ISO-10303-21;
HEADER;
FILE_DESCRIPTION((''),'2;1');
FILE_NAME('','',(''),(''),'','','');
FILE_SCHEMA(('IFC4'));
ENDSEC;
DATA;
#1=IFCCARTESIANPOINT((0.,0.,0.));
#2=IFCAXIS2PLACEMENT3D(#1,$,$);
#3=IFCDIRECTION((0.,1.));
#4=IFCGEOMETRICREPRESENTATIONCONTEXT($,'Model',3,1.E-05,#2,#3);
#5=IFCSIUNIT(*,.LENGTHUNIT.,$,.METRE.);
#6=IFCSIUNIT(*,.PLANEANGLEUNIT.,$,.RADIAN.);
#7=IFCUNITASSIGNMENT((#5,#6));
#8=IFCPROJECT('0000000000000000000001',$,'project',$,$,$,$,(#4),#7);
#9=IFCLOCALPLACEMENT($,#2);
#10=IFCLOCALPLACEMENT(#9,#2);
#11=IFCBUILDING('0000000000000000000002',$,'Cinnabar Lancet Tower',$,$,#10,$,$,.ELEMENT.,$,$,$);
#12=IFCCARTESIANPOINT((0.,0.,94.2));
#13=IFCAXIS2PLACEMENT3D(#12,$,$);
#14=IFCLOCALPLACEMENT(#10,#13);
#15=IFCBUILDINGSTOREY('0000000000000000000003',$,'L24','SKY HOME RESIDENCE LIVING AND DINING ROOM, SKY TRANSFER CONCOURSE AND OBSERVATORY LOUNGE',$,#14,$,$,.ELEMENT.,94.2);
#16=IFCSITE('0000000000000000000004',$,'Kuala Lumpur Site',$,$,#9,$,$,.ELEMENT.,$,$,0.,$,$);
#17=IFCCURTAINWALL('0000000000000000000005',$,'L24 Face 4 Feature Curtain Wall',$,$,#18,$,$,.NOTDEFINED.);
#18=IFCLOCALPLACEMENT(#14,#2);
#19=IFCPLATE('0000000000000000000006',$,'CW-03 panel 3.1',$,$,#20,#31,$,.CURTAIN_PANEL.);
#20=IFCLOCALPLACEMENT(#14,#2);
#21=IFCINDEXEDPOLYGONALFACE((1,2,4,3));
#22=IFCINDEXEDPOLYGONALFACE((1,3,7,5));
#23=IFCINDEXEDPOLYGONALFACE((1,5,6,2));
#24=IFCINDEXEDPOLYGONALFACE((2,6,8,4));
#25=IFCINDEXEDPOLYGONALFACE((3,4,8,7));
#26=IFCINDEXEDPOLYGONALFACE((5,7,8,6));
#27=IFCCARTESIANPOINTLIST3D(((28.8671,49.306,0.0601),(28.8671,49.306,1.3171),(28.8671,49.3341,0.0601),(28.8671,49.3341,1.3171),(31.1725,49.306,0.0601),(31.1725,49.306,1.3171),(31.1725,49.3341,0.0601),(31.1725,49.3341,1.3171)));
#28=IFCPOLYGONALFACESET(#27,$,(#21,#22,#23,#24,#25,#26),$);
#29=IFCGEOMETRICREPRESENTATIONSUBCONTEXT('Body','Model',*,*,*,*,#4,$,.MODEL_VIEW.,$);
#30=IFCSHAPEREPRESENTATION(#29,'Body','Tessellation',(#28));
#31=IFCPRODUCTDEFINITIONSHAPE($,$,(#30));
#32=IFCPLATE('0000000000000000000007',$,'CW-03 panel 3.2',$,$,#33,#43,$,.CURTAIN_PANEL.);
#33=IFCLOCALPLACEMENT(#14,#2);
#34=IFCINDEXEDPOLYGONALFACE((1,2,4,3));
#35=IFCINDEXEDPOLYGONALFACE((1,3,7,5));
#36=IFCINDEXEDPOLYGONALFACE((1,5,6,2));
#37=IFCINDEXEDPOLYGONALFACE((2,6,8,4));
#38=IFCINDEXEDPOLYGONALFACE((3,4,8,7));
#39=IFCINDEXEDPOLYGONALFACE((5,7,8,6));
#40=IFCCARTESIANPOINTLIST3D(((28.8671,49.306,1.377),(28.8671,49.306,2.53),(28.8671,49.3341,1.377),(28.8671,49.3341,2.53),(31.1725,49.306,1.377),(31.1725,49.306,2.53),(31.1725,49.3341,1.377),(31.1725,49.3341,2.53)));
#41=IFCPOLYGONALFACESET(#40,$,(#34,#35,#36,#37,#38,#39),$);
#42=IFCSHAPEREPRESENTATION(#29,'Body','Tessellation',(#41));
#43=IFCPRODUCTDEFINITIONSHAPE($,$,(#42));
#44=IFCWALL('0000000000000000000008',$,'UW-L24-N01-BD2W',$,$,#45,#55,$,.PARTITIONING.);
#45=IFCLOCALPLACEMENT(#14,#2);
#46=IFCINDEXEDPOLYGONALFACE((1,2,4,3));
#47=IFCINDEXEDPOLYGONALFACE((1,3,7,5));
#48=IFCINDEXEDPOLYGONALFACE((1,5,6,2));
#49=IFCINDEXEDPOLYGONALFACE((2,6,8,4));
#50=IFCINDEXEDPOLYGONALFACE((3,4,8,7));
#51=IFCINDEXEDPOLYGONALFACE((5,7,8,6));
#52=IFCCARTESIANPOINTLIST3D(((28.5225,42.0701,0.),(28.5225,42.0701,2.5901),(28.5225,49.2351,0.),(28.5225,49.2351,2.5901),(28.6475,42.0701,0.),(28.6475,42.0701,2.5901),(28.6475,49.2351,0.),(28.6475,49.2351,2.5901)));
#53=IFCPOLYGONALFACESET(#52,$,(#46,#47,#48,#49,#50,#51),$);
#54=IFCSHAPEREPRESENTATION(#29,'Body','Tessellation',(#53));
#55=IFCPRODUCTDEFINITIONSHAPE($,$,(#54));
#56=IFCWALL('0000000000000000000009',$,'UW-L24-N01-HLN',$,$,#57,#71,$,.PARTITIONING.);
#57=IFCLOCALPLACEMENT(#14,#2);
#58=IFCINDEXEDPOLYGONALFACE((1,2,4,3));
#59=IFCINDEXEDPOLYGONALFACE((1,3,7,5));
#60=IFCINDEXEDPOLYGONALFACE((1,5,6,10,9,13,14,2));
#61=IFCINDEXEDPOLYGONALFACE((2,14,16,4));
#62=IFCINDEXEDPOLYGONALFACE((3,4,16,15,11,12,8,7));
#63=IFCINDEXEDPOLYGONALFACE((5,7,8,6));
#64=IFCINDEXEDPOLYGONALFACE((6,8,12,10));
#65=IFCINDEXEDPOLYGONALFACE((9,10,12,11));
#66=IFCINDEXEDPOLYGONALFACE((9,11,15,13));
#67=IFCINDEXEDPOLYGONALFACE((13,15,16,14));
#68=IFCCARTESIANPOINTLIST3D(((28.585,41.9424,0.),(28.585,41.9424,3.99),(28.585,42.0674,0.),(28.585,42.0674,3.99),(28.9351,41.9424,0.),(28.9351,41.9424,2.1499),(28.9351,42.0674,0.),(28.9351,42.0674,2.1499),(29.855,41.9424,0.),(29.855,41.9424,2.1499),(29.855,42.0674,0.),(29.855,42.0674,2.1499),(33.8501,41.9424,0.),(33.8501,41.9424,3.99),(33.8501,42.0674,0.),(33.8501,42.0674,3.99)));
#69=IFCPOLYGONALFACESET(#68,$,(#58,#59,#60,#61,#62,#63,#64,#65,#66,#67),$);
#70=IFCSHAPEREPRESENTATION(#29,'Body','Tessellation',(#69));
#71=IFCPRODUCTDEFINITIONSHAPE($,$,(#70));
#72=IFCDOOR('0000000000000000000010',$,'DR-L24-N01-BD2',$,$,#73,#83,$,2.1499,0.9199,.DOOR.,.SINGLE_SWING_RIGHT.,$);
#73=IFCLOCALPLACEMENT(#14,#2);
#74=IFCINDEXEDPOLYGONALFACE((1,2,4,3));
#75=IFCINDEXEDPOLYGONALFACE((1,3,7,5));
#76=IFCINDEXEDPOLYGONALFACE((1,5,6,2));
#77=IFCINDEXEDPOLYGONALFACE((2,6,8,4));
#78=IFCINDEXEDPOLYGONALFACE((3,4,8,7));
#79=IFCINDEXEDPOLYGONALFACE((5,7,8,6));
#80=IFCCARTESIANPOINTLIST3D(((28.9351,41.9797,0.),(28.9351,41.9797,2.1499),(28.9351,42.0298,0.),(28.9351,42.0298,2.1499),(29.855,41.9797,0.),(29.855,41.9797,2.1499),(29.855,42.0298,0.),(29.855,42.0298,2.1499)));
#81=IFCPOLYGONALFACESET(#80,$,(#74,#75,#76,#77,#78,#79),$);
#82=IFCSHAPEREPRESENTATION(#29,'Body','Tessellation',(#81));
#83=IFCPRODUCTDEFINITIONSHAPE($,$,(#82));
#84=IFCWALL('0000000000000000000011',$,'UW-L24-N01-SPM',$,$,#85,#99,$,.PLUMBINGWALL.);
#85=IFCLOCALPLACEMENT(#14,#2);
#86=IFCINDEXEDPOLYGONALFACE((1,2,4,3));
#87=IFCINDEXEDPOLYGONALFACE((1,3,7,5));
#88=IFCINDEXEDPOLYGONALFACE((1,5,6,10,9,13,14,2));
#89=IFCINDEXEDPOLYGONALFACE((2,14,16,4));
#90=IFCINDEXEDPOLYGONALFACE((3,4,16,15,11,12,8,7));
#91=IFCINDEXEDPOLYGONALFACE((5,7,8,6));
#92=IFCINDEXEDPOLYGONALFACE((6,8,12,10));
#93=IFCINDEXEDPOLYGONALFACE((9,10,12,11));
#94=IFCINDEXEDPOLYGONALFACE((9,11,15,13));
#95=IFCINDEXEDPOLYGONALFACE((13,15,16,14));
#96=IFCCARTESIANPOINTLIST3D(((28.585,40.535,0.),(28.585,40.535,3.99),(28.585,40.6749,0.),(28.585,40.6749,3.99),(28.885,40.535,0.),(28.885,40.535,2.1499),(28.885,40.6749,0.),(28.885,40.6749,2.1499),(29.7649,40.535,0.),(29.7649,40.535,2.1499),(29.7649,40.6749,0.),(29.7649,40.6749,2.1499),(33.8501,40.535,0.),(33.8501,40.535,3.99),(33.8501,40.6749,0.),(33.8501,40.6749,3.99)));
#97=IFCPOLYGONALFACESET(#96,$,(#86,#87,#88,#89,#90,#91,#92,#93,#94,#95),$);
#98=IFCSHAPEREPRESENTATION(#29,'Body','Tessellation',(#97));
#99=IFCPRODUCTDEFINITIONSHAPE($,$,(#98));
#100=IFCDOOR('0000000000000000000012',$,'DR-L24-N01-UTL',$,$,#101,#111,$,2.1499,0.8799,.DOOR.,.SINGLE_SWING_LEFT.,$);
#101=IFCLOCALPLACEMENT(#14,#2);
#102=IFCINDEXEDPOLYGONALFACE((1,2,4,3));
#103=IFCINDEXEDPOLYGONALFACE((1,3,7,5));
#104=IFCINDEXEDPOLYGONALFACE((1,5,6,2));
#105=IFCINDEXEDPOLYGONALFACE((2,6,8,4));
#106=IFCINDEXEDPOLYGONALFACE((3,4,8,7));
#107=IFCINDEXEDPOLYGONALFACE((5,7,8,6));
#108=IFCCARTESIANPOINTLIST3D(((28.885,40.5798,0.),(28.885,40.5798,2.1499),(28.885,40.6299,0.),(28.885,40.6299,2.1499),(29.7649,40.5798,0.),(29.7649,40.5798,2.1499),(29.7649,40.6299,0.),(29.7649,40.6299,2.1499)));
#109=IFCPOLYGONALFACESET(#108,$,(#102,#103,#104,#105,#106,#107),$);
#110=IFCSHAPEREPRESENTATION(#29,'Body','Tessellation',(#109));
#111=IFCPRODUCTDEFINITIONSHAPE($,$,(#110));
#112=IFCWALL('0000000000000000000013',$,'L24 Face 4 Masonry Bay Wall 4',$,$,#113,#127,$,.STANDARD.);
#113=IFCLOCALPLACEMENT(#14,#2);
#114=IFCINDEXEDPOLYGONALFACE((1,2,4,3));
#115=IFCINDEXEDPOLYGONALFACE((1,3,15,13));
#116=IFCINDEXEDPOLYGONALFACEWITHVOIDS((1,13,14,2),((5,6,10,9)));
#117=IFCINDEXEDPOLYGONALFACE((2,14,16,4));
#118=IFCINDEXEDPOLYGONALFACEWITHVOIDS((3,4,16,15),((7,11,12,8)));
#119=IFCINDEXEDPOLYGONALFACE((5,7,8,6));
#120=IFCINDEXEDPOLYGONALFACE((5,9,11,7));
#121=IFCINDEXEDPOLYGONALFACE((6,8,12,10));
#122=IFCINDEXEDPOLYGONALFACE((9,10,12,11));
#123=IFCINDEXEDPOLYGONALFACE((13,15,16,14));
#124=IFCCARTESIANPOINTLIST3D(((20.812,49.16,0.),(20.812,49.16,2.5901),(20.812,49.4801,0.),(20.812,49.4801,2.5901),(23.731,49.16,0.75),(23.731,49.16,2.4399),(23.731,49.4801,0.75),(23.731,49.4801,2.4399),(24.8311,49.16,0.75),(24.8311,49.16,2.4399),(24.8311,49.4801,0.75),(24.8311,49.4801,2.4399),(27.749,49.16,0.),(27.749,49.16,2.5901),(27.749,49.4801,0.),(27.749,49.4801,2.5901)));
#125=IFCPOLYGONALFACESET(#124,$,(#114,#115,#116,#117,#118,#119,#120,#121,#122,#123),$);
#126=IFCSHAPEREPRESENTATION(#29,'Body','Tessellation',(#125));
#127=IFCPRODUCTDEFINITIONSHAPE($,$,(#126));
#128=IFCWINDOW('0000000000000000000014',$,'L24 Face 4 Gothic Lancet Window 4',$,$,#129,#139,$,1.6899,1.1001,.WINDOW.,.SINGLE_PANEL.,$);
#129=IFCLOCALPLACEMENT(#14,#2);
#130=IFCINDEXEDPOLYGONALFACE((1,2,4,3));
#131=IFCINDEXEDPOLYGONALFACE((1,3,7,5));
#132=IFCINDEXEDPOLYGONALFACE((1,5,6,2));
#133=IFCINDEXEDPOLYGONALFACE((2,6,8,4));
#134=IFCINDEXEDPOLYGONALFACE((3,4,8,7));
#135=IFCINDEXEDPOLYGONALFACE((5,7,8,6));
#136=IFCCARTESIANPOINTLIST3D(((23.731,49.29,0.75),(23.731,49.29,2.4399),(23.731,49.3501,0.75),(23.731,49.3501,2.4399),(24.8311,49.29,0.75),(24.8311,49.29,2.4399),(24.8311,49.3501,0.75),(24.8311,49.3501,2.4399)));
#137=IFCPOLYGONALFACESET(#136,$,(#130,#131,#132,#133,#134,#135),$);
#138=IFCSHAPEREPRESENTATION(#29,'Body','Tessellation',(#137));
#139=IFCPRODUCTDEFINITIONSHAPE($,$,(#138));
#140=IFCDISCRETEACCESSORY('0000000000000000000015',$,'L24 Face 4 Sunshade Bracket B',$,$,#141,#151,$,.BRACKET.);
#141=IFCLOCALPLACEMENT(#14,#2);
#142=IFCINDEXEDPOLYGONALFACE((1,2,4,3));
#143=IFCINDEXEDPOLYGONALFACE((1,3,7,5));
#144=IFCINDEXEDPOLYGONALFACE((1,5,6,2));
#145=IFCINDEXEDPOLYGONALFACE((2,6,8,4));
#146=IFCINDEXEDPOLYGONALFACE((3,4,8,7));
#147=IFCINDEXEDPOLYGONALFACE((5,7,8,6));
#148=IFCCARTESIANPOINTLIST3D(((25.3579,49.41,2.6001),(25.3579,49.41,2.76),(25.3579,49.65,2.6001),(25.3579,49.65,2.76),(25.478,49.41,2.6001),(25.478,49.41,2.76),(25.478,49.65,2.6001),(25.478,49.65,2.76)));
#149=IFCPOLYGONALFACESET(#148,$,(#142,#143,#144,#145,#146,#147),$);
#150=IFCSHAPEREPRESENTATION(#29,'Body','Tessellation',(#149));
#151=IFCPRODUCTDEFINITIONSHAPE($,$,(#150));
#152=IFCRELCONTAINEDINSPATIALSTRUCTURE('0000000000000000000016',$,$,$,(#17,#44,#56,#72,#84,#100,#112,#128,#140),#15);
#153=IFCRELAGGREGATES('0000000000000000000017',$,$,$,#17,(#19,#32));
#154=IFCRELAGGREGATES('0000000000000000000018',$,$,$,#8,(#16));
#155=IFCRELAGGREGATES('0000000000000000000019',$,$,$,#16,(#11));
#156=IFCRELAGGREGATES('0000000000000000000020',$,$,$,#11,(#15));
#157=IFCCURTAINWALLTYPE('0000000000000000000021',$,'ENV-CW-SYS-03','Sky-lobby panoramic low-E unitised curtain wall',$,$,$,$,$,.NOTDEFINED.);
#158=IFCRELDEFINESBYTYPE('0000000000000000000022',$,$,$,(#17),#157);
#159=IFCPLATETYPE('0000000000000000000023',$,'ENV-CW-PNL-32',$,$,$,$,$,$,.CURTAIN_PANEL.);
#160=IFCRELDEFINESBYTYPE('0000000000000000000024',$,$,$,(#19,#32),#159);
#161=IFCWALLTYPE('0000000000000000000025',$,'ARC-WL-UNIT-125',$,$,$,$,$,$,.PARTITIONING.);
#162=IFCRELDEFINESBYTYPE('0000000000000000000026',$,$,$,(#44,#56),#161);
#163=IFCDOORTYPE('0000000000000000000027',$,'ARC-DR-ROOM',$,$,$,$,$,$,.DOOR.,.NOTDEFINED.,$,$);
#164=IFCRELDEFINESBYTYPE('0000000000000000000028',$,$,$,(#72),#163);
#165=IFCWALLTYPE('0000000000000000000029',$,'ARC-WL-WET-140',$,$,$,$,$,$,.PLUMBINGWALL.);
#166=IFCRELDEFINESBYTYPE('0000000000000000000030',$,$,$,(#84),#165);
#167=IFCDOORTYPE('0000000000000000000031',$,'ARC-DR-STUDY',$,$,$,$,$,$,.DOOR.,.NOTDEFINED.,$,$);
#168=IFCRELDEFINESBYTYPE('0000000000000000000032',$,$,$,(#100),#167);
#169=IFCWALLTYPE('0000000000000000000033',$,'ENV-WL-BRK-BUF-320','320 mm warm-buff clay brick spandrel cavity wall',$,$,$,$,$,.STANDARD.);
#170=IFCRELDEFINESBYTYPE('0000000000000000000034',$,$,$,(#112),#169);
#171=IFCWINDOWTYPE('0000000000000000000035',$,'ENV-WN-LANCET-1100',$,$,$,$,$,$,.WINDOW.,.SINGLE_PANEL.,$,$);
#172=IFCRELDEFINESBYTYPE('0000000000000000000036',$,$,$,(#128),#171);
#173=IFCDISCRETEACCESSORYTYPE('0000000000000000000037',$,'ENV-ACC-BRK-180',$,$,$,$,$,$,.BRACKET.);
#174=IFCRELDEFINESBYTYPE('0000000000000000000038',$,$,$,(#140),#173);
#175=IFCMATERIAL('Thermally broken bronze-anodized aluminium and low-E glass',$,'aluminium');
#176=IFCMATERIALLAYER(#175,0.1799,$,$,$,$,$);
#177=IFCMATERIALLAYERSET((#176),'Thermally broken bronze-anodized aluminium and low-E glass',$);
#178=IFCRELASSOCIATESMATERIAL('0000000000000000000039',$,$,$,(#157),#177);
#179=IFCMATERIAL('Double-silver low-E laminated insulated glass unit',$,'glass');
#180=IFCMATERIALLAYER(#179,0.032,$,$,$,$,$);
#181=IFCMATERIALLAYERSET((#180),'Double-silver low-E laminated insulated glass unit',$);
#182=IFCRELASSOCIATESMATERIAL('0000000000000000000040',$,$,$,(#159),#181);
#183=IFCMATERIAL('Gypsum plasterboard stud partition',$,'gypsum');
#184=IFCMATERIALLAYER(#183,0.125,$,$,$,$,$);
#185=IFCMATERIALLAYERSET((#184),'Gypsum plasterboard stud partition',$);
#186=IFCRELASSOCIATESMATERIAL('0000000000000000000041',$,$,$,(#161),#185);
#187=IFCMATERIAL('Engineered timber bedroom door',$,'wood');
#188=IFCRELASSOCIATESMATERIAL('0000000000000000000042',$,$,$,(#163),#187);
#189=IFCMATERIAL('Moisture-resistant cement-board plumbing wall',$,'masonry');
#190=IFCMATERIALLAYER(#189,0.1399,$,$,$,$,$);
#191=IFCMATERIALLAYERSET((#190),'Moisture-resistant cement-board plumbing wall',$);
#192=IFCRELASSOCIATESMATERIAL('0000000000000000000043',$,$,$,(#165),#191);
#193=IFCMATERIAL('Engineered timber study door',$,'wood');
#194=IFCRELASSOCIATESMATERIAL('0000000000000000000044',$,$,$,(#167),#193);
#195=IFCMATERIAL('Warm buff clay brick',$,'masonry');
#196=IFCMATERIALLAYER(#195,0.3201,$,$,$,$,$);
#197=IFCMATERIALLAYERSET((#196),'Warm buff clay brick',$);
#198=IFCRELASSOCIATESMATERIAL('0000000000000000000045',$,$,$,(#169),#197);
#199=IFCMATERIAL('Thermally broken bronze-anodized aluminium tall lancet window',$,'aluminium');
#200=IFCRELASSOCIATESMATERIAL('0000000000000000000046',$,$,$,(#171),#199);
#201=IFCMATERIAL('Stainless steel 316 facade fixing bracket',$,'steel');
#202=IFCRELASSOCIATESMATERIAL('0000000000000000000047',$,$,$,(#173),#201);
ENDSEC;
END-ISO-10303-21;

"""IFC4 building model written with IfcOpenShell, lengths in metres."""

from ifc_helpers import new_model, si_unit, direction, frame, frame_2d, origin, origin_2d, place, context, subcontext, project, spatial, rectangle, extrude, material, layer, layer_set, type_object, element, fill, aggregate, save


model = new_model("IFC4")

# Units and contexts
model_context = context("Model", 3, precision=1e-05, world=origin(), true_north=direction((0.0, 1.0)))
body_context = subcontext(model_context, "Body", "Model", "MODEL_VIEW")
ifc_project = project(units=[si_unit("LENGTHUNIT", "METRE"), si_unit("PLANEANGLEUNIT", "RADIAN")], contexts=[model_context])

# Site, building, storey
site_placement = place(None, origin())
site = spatial("IfcSite", under=ifc_project, at=site_placement, Name="Kuala Lumpur Site", CompositionType="ELEMENT", RefElevation=0.0)
building_placement = place(site_placement, origin())
building = spatial("IfcBuilding", under=site, at=building_placement, Name="Cinnabar Lancet Tower", CompositionType="ELEMENT")
storey_placement = place(building_placement, frame((0.0, 0.0, 94.2)))
storey = spatial("IfcBuildingStorey", under=building, at=storey_placement, Name="L24", Description="SKY HOME RESIDENCE LIVING AND DINING ROOM, SKY TRANSFER CONCOURSE AND OBSERVATORY LOUNGE", CompositionType="ELEMENT", Elevation=94.2)

# Curtain wall
ifc_material_1 = material(Name="Thermally broken bronze-anodized aluminium and low-E glass", Category="aluminium")
ifc_layer_1 = layer(ifc_material_1, 0.1799)
ifc_layer_set_1 = layer_set([ifc_layer_1], Name="Thermally broken bronze-anodized aluminium and low-E glass")
curtain_wall_type = type_object("IfcCurtainWallType", Name="ENV-CW-SYS-03", Description="Sky-lobby panoramic low-E unitised curtain wall", PredefinedType="NOTDEFINED", material=ifc_layer_set_1)
curtain_wall_placement = place(storey_placement, origin())
curtain_wall = element("IfcCurtainWall", 1, at=curtain_wall_placement, inside=storey, type_object=curtain_wall_type, Name="L24 Face 4 Feature Curtain Wall", PredefinedType="NOTDEFINED")

# Plates
ifc_material_2 = material(Name="Double-silver low-E laminated insulated glass unit", Category="glass")
ifc_layer_2 = layer(ifc_material_2, 0.032)
ifc_layer_set_2 = layer_set([ifc_layer_2], Name="Double-silver low-E laminated insulated glass unit")
plate_type = type_object("IfcPlateType", Name="ENV-CW-PNL-32", PredefinedType="CURTAIN_PANEL", material=ifc_layer_set_2)
plate_1_placement = place(storey_placement, frame((30.0198, 49.3201, 0.0601), z_axis=(0.0, 0.0, 1.0), x_axis=(-1.0, 0.0, 0.0)))
plate_1 = element("IfcPlate", 2, at=plate_1_placement, type_object=plate_type, Name="CW-03 panel 3.1", PredefinedType="CURTAIN_PANEL", context=body_context, shape_type="SweptSolid", body=[
    extrude(rectangle(XDim=2.3054, YDim=0.0281, at=origin_2d()), origin(), (0.0, 0.0, 1.0), 1.2571),
])
plate_2_placement = place(storey_placement, frame((30.0198, 49.3201, 1.377), z_axis=(0.0, 0.0, 1.0), x_axis=(-1.0, 0.0, 0.0)))
plate_2 = element("IfcPlate", 3, at=plate_2_placement, type_object=plate_type, Name="CW-03 panel 3.2", PredefinedType="CURTAIN_PANEL", context=body_context, shape_type="SweptSolid", body=[
    extrude(rectangle(XDim=2.3054, YDim=0.0281, at=origin_2d()), origin(), (0.0, 0.0, 1.0), 1.1531),
])
aggregate(curtain_wall, [plate_1, plate_2])

# Wall
ifc_material_3 = material(Name="Gypsum plasterboard stud partition", Category="gypsum")
ifc_layer_3 = layer(ifc_material_3, 0.125)
ifc_layer_set_3 = layer_set([ifc_layer_3], Name="Gypsum plasterboard stud partition")
wall_type_1 = type_object("IfcWallType", Name="ARC-WL-UNIT-125", PredefinedType="PARTITIONING", material=ifc_layer_set_3)
wall_1_placement = place(storey_placement, frame((28.585, 42.0701, 0.0), z_axis=(0.0, 0.0, 1.0), x_axis=(0.0, 1.0, 0.0)))
element("IfcWall", 4, at=wall_1_placement, inside=storey, type_object=wall_type_1, Name="UW-L24-N01-BD2W", PredefinedType="PARTITIONING", context=body_context, shape_type="SweptSolid", body=[
    extrude(rectangle(XDim=7.165, YDim=0.125, at=frame_2d((3.5825, 0.0))), origin(), (0.0, 0.0, 1.0), 2.5901),
])

# Wall, opening, door
wall_2_placement = place(storey_placement, frame((28.585, 42.0049, 0.0), z_axis=(0.0, 0.0, 1.0), x_axis=(1.0, 0.0, 0.0)))
wall_2 = element("IfcWall", 5, at=wall_2_placement, inside=storey, type_object=wall_type_1, Name="UW-L24-N01-HLN", PredefinedType="PARTITIONING", context=body_context, shape_type="SweptSolid", body=[
    extrude(rectangle(XDim=5.2651, YDim=0.125, at=frame_2d((2.6326, 0.0))), origin(), (0.0, 0.0, 1.0), 3.99),
])
opening_1_placement = place(wall_2_placement, frame((0.3501, 0.0, 0.0)))
opening_1 = element("IfcOpeningElement", 6, at=opening_1_placement, cuts=wall_2, PredefinedType="OPENING", context=body_context, shape_type="SweptSolid", body=[
    extrude(rectangle(XDim=0.9199, YDim=2.1499, at=frame_2d((0.46, 1.075))), frame((0.0, 0.0725, 0.0), z_axis=(0.0, -1.0, 0.0), x_axis=(1.0, 0.0, 0.0)), (0.0, 0.0, 1.0), 0.145),
])
ifc_material_4 = material(Name="Engineered timber bedroom door", Category="wood")
door_type_1 = type_object("IfcDoorType", Name="ARC-DR-ROOM", OperationType="NOTDEFINED", PredefinedType="DOOR", material=ifc_material_4)
door_1_placement = place(opening_1_placement, origin())
door_1 = element("IfcDoor", 7, at=door_1_placement, inside=storey, type_object=door_type_1, Name="DR-L24-N01-BD2", OperationType="SINGLE_SWING_RIGHT", OverallHeight=2.1499, OverallWidth=0.9199, PredefinedType="DOOR", context=body_context, shape_type="SweptSolid", body=[
    extrude(rectangle(XDim=0.9199, YDim=2.1499, at=frame_2d((0.46, 1.075))), frame((0.0, 0.0249, 0.0), z_axis=(0.0, -1.0, 0.0), x_axis=(1.0, 0.0, 0.0)), (0.0, 0.0, 1.0), 0.05),
])
fill(opening_1, door_1)

# Shared definitions
ifc_material_5 = material(Name="Moisture-resistant cement-board plumbing wall", Category="masonry")
ifc_layer_4 = layer(ifc_material_5, 0.1399)
ifc_layer_set_4 = layer_set([ifc_layer_4], Name="Moisture-resistant cement-board plumbing wall")
wall_type_2 = type_object("IfcWallType", Name="ARC-WL-WET-140", PredefinedType="PLUMBINGWALL", material=ifc_layer_set_4)
ifc_material_6 = material(Name="Engineered timber study door", Category="wood")
door_type_2 = type_object("IfcDoorType", Name="ARC-DR-STUDY", OperationType="NOTDEFINED", PredefinedType="DOOR", material=ifc_material_6)

# Wall, opening, door
wall_3_placement = place(storey_placement, frame((28.585, 40.605, 0.0), z_axis=(0.0, 0.0, 1.0), x_axis=(1.0, 0.0, 0.0)))
wall_3 = element("IfcWall", 8, at=wall_3_placement, inside=storey, type_object=wall_type_2, Name="UW-L24-N01-SPM", PredefinedType="PLUMBINGWALL", context=body_context, shape_type="SweptSolid", body=[
    extrude(rectangle(XDim=5.2651, YDim=0.1399, at=frame_2d((2.6326, 0.0))), origin(), (0.0, 0.0, 1.0), 3.99),
])
opening_2_placement = place(wall_3_placement, frame((0.3, 0.0, 0.0)))
opening_2 = element("IfcOpeningElement", 9, at=opening_2_placement, cuts=wall_3, PredefinedType="OPENING", context=body_context, shape_type="SweptSolid", body=[
    extrude(rectangle(XDim=0.8799, YDim=2.1499, at=frame_2d((0.4399, 1.075))), frame((0.0, 0.0798, 0.0), z_axis=(0.0, -1.0, 0.0), x_axis=(1.0, 0.0, 0.0)), (0.0, 0.0, 1.0), 0.1599),
])
door_2_placement = place(opening_2_placement, origin())
door_2 = element("IfcDoor", 10, at=door_2_placement, inside=storey, type_object=door_type_2, Name="DR-L24-N01-UTL", OperationType="SINGLE_SWING_LEFT", OverallHeight=2.1499, OverallWidth=0.8799, PredefinedType="DOOR", context=body_context, shape_type="SweptSolid", body=[
    extrude(rectangle(XDim=0.8799, YDim=2.1499, at=frame_2d((0.4399, 1.075))), frame((0.0, 0.0249, 0.0), z_axis=(0.0, -1.0, 0.0), x_axis=(1.0, 0.0, 0.0)), (0.0, 0.0, 1.0), 0.05),
])
fill(opening_2, door_2)

# Wall, opening, window
ifc_material_7 = material(Name="Warm buff clay brick", Category="masonry")
ifc_layer_5 = layer(ifc_material_7, 0.3201)
ifc_layer_set_5 = layer_set([ifc_layer_5], Name="Warm buff clay brick")
wall_type_3 = type_object("IfcWallType", Name="ENV-WL-BRK-BUF-320", Description="320 mm warm-buff clay brick spandrel cavity wall", PredefinedType="STANDARD", material=ifc_layer_set_5)
wall_4_placement = place(storey_placement, frame((27.749, 49.3201, 0.0), z_axis=(0.0, 0.0, 1.0), x_axis=(-1.0, 0.0, 0.0)))
wall_4 = element("IfcWall", 11, at=wall_4_placement, inside=storey, type_object=wall_type_3, Name="L24 Face 4 Masonry Bay Wall 4", PredefinedType="STANDARD", context=body_context, shape_type="SweptSolid", body=[
    extrude(rectangle(XDim=6.937, YDim=0.3201, at=frame_2d((3.4685, 0.0))), origin(), (0.0, 0.0, 1.0), 2.5901),
])
opening_3_placement = place(wall_4_placement, frame((2.918, 0.0, 0.75)))
opening_3 = element("IfcOpeningElement", 12, at=opening_3_placement, cuts=wall_4, PredefinedType="OPENING", context=body_context, shape_type="SweptSolid", body=[
    extrude(rectangle(XDim=1.1001, YDim=1.6899, at=frame_2d((0.55, 0.845))), frame((0.0, 0.1699, 0.0), z_axis=(0.0, -1.0, 0.0), x_axis=(1.0, 0.0, 0.0)), (0.0, 0.0, 1.0), 0.3401),
])
ifc_material_8 = material(Name="Thermally broken bronze-anodized aluminium tall lancet window", Category="aluminium")
window_type = type_object("IfcWindowType", Name="ENV-WN-LANCET-1100", PartitioningType="SINGLE_PANEL", PredefinedType="WINDOW", material=ifc_material_8)
window_placement = place(opening_3_placement, origin())
window = element("IfcWindow", 13, at=window_placement, inside=storey, type_object=window_type, Name="L24 Face 4 Gothic Lancet Window 4", OverallHeight=1.6899, OverallWidth=1.1001, PartitioningType="SINGLE_PANEL", PredefinedType="WINDOW", context=body_context, shape_type="SweptSolid", body=[
    extrude(rectangle(XDim=1.1001, YDim=1.6899, at=frame_2d((0.55, 0.845))), frame((0.0, 0.03, 0.0), z_axis=(0.0, -1.0, 0.0), x_axis=(1.0, 0.0, 0.0)), (0.0, 0.0, 1.0), 0.0601),
])
fill(opening_3, window)

# Discrete accessory
ifc_material_9 = material(Name="Stainless steel 316 facade fixing bracket", Category="steel")
discrete_accessory_type = type_object("IfcDiscreteAccessoryType", Name="ENV-ACC-BRK-180", PredefinedType="BRACKET", material=ifc_material_9)
discrete_accessory_placement = place(storey_placement, frame((25.418, 49.53, 2.6001), z_axis=(0.0, 0.0, 1.0), x_axis=(-1.0, 0.0, 0.0)))
element("IfcDiscreteAccessory", 14, at=discrete_accessory_placement, inside=storey, type_object=discrete_accessory_type, Name="L24 Face 4 Sunshade Bracket B", PredefinedType="BRACKET", context=body_context, shape_type="SweptSolid", body=[
    extrude(rectangle(XDim=0.1201, YDim=0.24, at=origin_2d()), origin(), (0.0, 0.0, 1.0), 0.1599),
])

save(model, "model.ifc")
